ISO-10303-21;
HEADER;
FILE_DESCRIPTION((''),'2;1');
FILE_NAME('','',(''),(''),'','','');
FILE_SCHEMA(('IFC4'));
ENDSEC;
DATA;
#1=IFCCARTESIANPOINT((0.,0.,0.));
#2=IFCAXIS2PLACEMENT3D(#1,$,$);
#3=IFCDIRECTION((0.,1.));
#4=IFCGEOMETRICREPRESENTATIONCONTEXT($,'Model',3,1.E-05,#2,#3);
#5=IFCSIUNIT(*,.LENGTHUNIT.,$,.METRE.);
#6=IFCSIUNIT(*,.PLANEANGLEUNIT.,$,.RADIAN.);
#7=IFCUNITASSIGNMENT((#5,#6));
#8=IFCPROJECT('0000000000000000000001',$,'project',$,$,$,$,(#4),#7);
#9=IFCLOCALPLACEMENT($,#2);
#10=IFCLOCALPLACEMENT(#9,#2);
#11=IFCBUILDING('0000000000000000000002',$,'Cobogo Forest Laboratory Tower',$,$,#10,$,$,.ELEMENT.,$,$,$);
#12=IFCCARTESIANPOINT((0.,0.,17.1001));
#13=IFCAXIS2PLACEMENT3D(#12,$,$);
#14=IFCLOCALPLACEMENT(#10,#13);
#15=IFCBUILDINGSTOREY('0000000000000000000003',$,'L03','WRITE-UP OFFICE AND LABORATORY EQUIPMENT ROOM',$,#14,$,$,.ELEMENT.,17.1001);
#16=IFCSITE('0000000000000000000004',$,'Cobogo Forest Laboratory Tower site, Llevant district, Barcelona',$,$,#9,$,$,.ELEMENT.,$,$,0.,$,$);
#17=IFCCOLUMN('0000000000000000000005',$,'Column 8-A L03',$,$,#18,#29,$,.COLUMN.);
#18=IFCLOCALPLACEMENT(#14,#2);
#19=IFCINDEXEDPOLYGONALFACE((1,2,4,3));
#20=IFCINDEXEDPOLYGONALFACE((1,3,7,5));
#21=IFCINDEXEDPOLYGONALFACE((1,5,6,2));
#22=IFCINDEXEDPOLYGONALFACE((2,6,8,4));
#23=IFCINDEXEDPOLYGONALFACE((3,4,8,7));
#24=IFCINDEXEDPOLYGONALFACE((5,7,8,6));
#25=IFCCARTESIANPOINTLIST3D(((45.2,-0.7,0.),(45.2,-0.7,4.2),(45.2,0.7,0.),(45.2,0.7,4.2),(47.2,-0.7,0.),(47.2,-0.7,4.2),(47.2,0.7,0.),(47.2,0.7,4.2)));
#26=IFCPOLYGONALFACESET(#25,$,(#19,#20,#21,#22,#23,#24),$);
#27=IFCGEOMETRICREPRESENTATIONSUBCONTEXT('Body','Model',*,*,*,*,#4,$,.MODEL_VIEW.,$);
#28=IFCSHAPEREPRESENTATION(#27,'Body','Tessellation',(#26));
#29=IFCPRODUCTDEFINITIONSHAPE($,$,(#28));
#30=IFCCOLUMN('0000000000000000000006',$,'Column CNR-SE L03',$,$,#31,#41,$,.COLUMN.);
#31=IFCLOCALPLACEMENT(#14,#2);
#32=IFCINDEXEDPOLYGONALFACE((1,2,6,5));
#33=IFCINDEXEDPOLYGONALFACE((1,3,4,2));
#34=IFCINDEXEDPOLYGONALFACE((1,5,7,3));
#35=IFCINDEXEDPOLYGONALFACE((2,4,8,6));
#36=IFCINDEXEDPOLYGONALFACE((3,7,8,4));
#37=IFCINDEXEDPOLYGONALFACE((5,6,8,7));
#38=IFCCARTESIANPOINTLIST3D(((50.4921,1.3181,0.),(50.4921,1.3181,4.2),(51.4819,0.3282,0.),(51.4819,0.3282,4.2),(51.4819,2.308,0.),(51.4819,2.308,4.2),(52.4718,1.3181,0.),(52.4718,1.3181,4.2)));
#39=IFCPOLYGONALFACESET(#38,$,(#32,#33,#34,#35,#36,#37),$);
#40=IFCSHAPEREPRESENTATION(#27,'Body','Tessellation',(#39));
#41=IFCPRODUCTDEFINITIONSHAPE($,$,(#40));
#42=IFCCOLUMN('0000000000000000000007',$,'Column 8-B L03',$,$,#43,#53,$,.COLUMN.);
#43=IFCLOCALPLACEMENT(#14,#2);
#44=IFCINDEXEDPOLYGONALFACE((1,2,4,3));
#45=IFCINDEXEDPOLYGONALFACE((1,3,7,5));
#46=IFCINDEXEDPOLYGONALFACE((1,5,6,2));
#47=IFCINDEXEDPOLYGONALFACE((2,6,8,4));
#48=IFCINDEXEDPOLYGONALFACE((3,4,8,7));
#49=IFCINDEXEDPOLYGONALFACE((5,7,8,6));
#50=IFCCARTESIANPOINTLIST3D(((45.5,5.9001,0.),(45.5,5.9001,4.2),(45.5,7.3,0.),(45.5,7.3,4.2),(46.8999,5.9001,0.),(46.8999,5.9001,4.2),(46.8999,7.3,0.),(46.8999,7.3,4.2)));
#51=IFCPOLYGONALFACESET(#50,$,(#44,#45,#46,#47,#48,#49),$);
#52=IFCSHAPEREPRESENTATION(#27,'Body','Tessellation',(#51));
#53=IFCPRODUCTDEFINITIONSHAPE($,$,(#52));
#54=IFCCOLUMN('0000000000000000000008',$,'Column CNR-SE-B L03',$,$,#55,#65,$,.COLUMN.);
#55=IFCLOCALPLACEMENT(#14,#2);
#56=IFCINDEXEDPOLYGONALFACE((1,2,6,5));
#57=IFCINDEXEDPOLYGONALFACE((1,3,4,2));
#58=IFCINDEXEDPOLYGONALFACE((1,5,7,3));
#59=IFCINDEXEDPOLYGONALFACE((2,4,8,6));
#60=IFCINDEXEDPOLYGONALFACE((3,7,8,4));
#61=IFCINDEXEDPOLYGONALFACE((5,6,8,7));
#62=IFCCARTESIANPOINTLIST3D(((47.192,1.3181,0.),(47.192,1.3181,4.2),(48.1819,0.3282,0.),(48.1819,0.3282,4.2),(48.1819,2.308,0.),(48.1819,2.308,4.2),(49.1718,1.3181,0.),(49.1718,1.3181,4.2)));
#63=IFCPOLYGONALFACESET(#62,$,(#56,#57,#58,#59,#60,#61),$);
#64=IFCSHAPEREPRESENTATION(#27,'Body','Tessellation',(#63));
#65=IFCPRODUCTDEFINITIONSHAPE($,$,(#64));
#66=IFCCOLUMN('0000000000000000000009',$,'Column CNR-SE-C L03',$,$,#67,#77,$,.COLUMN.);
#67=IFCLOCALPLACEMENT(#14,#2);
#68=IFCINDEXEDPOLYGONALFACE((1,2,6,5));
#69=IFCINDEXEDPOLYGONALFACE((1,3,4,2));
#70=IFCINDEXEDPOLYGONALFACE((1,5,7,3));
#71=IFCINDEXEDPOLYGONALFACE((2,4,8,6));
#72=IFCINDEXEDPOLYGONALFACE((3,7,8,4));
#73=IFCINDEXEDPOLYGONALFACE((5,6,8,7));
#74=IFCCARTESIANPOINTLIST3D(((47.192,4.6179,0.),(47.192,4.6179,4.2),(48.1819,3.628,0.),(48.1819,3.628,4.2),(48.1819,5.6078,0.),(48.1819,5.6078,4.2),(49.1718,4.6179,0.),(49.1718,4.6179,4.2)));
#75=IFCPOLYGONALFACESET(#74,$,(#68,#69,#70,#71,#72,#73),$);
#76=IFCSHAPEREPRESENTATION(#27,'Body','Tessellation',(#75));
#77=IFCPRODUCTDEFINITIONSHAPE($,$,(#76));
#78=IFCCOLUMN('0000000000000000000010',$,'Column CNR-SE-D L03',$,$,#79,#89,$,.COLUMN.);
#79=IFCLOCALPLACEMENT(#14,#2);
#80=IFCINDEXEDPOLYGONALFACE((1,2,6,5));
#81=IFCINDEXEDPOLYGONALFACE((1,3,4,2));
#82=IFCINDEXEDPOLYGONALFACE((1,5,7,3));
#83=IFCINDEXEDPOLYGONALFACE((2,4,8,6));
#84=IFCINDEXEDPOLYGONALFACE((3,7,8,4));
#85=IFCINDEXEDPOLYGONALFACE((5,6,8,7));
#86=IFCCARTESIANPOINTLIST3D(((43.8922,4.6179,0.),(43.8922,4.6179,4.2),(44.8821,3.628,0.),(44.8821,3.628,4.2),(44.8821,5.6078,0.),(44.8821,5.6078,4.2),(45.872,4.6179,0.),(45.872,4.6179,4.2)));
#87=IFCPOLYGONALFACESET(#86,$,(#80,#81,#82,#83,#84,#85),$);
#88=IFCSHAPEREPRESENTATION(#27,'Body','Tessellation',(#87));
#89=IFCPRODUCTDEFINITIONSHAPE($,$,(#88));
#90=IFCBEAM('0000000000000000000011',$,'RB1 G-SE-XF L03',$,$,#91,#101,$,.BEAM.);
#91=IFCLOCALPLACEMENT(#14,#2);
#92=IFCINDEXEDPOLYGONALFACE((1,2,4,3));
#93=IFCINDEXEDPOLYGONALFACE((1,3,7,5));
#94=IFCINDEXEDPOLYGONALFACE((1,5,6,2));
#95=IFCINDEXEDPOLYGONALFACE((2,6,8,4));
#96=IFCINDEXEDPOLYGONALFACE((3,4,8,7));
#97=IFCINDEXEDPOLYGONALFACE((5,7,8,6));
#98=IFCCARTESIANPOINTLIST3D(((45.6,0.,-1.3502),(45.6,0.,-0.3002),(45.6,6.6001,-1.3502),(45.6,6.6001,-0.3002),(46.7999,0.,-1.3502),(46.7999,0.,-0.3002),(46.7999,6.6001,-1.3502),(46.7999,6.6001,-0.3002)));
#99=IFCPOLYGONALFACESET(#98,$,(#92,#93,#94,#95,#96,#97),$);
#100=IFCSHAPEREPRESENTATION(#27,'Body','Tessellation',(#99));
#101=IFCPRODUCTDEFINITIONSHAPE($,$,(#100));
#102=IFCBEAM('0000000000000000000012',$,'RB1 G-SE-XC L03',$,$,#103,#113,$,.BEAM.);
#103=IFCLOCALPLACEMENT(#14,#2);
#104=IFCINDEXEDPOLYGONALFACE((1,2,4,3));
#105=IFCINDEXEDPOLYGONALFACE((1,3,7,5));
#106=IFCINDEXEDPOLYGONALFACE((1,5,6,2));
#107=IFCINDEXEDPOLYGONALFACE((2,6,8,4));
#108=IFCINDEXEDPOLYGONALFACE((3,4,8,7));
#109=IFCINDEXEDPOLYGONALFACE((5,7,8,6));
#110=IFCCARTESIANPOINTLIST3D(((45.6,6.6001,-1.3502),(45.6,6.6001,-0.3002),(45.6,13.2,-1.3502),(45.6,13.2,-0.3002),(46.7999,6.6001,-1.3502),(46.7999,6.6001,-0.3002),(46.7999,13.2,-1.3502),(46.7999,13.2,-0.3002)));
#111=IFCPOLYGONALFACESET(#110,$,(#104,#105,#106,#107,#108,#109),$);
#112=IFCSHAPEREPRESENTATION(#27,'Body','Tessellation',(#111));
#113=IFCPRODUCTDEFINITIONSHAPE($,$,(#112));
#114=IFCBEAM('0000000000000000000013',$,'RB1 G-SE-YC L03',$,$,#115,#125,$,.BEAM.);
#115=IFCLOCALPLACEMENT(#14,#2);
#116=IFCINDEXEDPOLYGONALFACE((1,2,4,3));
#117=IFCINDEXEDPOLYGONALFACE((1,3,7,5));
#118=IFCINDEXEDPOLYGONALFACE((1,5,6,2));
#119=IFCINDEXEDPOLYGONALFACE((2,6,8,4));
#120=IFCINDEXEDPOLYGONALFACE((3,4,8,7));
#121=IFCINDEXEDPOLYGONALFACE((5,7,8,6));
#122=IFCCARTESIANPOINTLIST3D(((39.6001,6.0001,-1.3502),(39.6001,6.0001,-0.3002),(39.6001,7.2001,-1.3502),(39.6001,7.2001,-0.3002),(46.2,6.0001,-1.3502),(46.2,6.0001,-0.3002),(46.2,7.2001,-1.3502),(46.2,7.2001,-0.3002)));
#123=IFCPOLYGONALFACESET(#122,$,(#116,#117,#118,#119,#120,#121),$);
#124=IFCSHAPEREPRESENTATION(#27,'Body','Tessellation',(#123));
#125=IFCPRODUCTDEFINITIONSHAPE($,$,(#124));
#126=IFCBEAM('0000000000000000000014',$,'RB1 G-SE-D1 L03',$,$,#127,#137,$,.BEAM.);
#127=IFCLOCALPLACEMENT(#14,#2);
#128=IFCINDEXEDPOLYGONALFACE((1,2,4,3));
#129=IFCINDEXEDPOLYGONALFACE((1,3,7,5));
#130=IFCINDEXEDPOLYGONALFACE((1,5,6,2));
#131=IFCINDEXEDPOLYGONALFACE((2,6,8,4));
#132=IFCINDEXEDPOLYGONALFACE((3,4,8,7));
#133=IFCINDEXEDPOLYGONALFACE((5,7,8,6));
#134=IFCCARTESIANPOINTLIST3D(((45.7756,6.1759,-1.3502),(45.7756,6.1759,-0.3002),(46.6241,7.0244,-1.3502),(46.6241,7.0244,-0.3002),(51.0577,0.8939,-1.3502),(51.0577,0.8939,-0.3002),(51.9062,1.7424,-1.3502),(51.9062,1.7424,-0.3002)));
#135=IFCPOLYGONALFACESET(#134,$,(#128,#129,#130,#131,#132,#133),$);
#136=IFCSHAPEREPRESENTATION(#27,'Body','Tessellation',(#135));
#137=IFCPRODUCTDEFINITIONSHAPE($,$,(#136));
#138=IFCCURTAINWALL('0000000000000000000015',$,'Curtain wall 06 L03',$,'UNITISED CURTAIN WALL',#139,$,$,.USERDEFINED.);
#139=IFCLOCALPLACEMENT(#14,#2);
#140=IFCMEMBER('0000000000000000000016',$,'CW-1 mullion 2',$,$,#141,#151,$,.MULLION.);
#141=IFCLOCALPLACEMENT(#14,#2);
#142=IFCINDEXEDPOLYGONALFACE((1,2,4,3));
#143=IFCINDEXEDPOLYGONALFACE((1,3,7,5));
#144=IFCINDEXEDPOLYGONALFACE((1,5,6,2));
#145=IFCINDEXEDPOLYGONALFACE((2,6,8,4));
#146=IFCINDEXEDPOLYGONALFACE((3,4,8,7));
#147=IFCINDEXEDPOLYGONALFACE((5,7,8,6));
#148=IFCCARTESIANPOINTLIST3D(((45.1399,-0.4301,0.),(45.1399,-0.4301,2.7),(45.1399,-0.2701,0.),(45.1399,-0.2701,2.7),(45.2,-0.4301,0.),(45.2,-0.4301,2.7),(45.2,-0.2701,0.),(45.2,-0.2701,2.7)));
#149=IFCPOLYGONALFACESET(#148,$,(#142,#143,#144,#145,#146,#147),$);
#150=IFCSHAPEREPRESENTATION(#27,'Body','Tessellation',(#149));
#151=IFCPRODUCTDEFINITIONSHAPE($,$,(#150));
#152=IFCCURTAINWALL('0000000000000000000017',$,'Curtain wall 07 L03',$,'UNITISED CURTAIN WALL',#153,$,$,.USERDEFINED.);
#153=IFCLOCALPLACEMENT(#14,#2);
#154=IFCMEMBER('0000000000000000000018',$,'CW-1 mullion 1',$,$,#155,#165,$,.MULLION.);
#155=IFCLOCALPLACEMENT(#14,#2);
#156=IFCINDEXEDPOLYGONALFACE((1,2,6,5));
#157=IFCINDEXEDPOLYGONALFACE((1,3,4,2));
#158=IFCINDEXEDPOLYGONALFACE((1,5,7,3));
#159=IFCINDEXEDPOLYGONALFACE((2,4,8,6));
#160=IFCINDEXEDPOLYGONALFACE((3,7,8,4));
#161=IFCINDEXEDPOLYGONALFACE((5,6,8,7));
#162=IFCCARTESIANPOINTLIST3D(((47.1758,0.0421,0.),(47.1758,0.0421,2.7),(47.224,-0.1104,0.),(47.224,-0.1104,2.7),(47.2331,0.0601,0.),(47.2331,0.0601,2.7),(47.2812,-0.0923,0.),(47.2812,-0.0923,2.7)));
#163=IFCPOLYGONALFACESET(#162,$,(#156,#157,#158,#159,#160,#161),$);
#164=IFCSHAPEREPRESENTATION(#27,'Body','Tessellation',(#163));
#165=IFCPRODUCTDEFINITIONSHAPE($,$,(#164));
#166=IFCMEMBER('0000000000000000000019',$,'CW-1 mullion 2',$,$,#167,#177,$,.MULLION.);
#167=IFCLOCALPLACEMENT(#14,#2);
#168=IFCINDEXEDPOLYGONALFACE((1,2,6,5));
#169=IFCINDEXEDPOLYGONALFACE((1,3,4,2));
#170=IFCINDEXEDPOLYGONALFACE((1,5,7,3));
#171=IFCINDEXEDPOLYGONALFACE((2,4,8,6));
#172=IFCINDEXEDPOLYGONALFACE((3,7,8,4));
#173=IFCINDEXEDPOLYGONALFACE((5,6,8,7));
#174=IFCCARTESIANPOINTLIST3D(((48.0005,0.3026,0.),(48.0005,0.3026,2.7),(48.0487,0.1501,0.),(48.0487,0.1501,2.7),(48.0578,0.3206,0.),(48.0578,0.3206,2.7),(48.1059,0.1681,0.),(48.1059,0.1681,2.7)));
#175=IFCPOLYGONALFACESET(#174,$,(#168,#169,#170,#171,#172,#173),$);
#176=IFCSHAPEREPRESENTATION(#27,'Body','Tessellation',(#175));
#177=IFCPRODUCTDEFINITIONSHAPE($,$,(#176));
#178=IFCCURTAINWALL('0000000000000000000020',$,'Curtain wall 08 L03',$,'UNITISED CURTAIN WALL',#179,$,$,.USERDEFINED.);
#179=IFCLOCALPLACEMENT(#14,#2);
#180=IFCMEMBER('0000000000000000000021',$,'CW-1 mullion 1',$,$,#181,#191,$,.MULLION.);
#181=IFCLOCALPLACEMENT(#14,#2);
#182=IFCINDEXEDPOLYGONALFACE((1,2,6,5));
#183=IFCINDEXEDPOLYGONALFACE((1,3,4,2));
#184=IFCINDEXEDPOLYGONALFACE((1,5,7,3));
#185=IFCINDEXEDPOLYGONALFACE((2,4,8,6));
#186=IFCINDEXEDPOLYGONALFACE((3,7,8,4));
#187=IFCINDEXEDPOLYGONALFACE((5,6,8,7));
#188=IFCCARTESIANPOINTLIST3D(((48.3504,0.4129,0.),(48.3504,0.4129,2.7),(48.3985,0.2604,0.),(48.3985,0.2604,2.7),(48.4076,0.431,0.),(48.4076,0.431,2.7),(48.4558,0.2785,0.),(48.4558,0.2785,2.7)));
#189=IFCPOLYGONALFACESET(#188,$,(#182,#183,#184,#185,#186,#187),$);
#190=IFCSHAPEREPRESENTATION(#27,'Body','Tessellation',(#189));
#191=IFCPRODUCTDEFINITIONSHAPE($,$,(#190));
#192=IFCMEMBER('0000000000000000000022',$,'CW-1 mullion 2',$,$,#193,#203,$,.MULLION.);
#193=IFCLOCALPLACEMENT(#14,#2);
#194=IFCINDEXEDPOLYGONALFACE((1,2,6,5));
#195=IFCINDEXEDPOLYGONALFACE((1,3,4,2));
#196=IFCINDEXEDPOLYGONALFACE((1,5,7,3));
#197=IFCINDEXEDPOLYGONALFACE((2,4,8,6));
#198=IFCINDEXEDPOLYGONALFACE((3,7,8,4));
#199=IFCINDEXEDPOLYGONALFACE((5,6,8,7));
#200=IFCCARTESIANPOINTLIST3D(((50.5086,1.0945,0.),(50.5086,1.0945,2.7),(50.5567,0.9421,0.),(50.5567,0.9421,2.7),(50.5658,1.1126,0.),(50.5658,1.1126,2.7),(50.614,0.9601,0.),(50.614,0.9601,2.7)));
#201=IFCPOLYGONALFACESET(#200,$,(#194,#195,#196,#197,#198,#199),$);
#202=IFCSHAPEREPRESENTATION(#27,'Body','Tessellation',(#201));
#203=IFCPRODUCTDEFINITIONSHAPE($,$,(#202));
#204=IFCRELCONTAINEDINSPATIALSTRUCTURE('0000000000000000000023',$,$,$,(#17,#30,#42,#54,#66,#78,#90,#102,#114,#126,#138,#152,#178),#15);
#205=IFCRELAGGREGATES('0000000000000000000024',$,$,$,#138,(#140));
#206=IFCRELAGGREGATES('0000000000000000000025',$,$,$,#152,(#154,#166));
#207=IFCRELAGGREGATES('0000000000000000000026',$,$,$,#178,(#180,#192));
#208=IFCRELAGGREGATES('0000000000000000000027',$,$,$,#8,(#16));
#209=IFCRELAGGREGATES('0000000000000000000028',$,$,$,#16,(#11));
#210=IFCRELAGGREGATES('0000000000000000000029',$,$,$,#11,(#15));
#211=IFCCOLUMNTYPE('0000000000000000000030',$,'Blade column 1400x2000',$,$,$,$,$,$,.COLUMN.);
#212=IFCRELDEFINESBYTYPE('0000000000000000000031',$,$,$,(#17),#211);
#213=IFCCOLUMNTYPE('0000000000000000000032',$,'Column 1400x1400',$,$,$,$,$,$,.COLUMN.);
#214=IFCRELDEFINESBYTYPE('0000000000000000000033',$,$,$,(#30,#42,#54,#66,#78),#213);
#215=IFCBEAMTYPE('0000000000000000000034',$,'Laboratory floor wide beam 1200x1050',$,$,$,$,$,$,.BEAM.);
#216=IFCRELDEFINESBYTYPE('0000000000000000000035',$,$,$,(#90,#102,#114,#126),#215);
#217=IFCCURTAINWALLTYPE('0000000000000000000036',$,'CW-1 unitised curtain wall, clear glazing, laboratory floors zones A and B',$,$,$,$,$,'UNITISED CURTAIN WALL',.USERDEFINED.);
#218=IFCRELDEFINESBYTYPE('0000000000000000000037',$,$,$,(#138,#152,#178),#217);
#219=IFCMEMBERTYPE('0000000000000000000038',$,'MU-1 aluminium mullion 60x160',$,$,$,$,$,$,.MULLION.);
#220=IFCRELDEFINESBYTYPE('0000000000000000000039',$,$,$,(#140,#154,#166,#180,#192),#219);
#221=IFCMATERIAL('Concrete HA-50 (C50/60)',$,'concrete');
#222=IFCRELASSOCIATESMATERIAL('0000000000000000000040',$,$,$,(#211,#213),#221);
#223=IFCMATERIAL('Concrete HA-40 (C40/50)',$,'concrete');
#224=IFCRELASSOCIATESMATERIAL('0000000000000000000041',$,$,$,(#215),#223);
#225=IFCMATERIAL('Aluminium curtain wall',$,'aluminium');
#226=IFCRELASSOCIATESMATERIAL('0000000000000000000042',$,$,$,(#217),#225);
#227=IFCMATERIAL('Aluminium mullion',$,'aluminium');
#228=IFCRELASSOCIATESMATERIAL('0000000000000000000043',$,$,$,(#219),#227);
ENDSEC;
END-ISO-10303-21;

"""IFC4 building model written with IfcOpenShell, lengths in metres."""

from ifc_helpers import new_model, si_unit, direction, frame, origin, origin_2d, place, context, subcontext, project, spatial, rectangle, extrude, material, material_profile, profile_set, type_object, element, aggregate, save


model = new_model("IFC4")

# Units and contexts
model_context = context("Model", 3, precision=1e-05, world=origin(), true_north=direction((0.0, 1.0)))
body_context = subcontext(model_context, "Body", "Model", "MODEL_VIEW")
ifc_project = project(units=[si_unit("LENGTHUNIT", "METRE"), si_unit("PLANEANGLEUNIT", "RADIAN")], contexts=[model_context])

# Site, building, storey
site_placement = place(None, origin())
site = spatial("IfcSite", under=ifc_project, at=site_placement, Name="Cobogo Forest Laboratory Tower site, Llevant district, Barcelona", CompositionType="ELEMENT", RefElevation=0.0)
building_placement = place(site_placement, origin())
building = spatial("IfcBuilding", under=site, at=building_placement, Name="Cobogo Forest Laboratory Tower", CompositionType="ELEMENT")
storey_placement = place(building_placement, frame((0.0, 0.0, 17.1001)))
storey = spatial("IfcBuildingStorey", under=building, at=storey_placement, Name="L03", Description="WRITE-UP OFFICE AND LABORATORY EQUIPMENT ROOM", CompositionType="ELEMENT", Elevation=17.1001)

# Columns
ifc_material_1 = material(Name="Concrete HA-50 (C50/60)", Category="concrete")
ifc_material_profile_1 = material_profile(ifc_material_1, rectangle(XDim=2.0, YDim=1.3999, at=origin_2d()), Name="RC 1400x2000")
ifc_profile_set_1 = profile_set([ifc_material_profile_1], Name="Concrete HA-50 (C50/60)")
column_type_1 = type_object("IfcColumnType", Name="Blade column 1400x2000", PredefinedType="COLUMN", material=ifc_profile_set_1)
column_placement = place(storey_placement, frame((46.2, 0.0, 0.0), z_axis=(0.0, 0.0, 1.0), x_axis=(1.0, 0.0, 0.0)))
element("IfcColumn", 1, at=column_placement, inside=storey, type_object=column_type_1, Name="Column 8-A L03", PredefinedType="COLUMN", context=body_context, shape_type="SweptSolid", body=[
    extrude(rectangle(XDim=2.0, YDim=1.3999, at=origin_2d()), origin(), (0.0, 0.0, 1.0), 4.2),
])
ifc_material_profile_2 = material_profile(ifc_material_1, rectangle(XDim=1.3999, YDim=1.3999, at=origin_2d()), Name="RC 1400x1400")
ifc_profile_set_2 = profile_set([ifc_material_profile_2], Name="Concrete HA-50 (C50/60)")
column_type_2 = type_object("IfcColumnType", Name="Column 1400x1400", PredefinedType="COLUMN", material=ifc_profile_set_2)
for number, where, z_axis, x_axis, name in (
    (2, (51.4819, 1.3181, 0.0), (0.0, 0.0, 1.0), (0.707107, 0.707107, 0.0), "Column CNR-SE L03"),
    (3, (46.2, 6.6001, 0.0), (0.0, 0.0, 1.0), (1.0, 0.0, 0.0), "Column 8-B L03"),
    (4, (48.1819, 1.3181, 0.0), (0.0, 0.0, 1.0), (0.707107, 0.707107, 0.0), "Column CNR-SE-B L03"),
    (5, (48.1819, 4.6179, 0.0), (0.0, 0.0, 1.0), (0.707107, 0.707107, 0.0), "Column CNR-SE-C L03"),
    (6, (44.8821, 4.6179, 0.0), (0.0, 0.0, 1.0), (0.707107, 0.707107, 0.0), "Column CNR-SE-D L03"),
):
    element("IfcColumn", number, at=place(storey_placement, frame(where, z_axis=z_axis, x_axis=x_axis)), inside=storey, type_object=column_type_2, Name=name, PredefinedType="COLUMN", context=body_context, shape_type="SweptSolid", body=[
        extrude(rectangle(XDim=1.3999, YDim=1.3999, at=origin_2d()), origin(), (0.0, 0.0, 1.0), 4.2),
    ])

# Beams
ifc_material_2 = material(Name="Concrete HA-40 (C40/50)", Category="concrete")
ifc_material_profile_3 = material_profile(ifc_material_2, rectangle(XDim=1.2, YDim=1.05, at=origin_2d()), Name="RC 1200x1050")
ifc_profile_set_3 = profile_set([ifc_material_profile_3], Name="Concrete HA-40 (C40/50)")
beam_type_1 = type_object("IfcBeamType", Name="Laboratory floor wide beam 1200x1050", PredefinedType="BEAM", material=ifc_profile_set_3)
beam_1_placement = place(storey_placement, frame((46.2, 0.0, -0.8252), z_axis=(0.0, 1.0, 0.0), x_axis=(-1.0, 0.0, 0.0)))
element("IfcBeam", 7, at=beam_1_placement, inside=storey, type_object=beam_type_1, Name="RB1 G-SE-XF L03", PredefinedType="BEAM", context=body_context, shape_type="SweptSolid", body=[
    extrude(rectangle(XDim=1.2, YDim=1.05, at=origin_2d()), origin(), (0.0, 0.0, 1.0), 6.6001),
])
for number, where, z_axis, x_axis, name in (
    (8, (46.2, 6.6001, -0.8252), (0.0, 1.0, 0.0), (-1.0, 0.0, 0.0), "RB1 G-SE-XC L03"),
    (9, (46.2, 6.6001, -0.8252), (-1.0, 0.0, 0.0), (0.0, -1.0, 0.0), "RB1 G-SE-YC L03"),
):
    element("IfcBeam", number, at=place(storey_placement, frame(where, z_axis=z_axis, x_axis=x_axis)), inside=storey, type_object=beam_type_1, Name=name, PredefinedType="BEAM", context=body_context, shape_type="SweptSolid", body=[
        extrude(rectangle(XDim=1.2, YDim=1.05, at=origin_2d()), origin(), (0.0, 0.0, 1.0), 6.5999),
    ])
beam_2_placement = place(storey_placement, frame((51.4819, 1.3181, -0.8252), z_axis=(-0.707107, 0.707107, 0.0), x_axis=(-0.707107, -0.707107, 0.0)))
element("IfcBeam", 10, at=beam_2_placement, inside=storey, type_object=beam_type_1, Name="RB1 G-SE-D1 L03", PredefinedType="BEAM", context=body_context, shape_type="SweptSolid", body=[
    extrude(rectangle(XDim=1.2, YDim=1.05, at=origin_2d()), origin(), (0.0, 0.0, 1.0), 7.47),
])

# Curtain wall, member
ifc_material_3 = material(Name="Aluminium curtain wall", Category="aluminium")
curtain_wall_type = type_object("IfcCurtainWallType", Name="CW-1 unitised curtain wall, clear glazing, laboratory floors zones A and B", ElementType="UNITISED CURTAIN WALL", PredefinedType="USERDEFINED", material=ifc_material_3)
curtain_wall_1_placement = place(storey_placement, origin())
curtain_wall_1 = element("IfcCurtainWall", 11, at=curtain_wall_1_placement, inside=storey, type_object=curtain_wall_type, Name="Curtain wall 06 L03", ObjectType="UNITISED CURTAIN WALL", PredefinedType="USERDEFINED")
ifc_material_4 = material(Name="Aluminium mullion", Category="aluminium")
ifc_material_profile_4 = material_profile(ifc_material_4, rectangle(XDim=0.0601, YDim=0.1599, at=origin_2d()), Name="AL 60x160")
ifc_profile_set_4 = profile_set([ifc_material_profile_4], Name="Aluminium mullion")
member_type_1 = type_object("IfcMemberType", Name="MU-1 aluminium mullion 60x160", PredefinedType="MULLION", material=ifc_profile_set_4)
member_1_placement = place(storey_placement, frame((45.1699, -0.3501, 0.0), z_axis=(0.0, 0.0, 1.0), x_axis=(1.0, 0.0, 0.0)))
member_1 = element("IfcMember", 12, at=member_1_placement, type_object=member_type_1, Name="CW-1 mullion 2", PredefinedType="MULLION", context=body_context, shape_type="SweptSolid", body=[
    extrude(rectangle(XDim=0.0601, YDim=0.1599, at=origin_2d()), origin(), (0.0, 0.0, 1.0), 2.7),
])

# Curtain walls, members
curtain_wall_2_placement = place(storey_placement, origin())
curtain_wall_2 = element("IfcCurtainWall", 13, at=curtain_wall_2_placement, inside=storey, type_object=curtain_wall_type, Name="Curtain wall 07 L03", ObjectType="UNITISED CURTAIN WALL", PredefinedType="USERDEFINED")
member_2_placement = place(storey_placement, frame((47.2285, -0.0251, 0.0), z_axis=(0.0, 0.0, 1.0), x_axis=(0.953581, 0.301135, 0.0)))
member_2 = element("IfcMember", 14, at=member_2_placement, type_object=member_type_1, Name="CW-1 mullion 1", PredefinedType="MULLION", context=body_context, shape_type="SweptSolid", body=[
    extrude(rectangle(XDim=0.0601, YDim=0.1599, at=origin_2d()), origin(), (0.0, 0.0, 1.0), 2.7),
])
member_3_placement = place(storey_placement, frame((48.0532, 0.2354, 0.0), z_axis=(0.0, 0.0, 1.0), x_axis=(0.953581, 0.301135, 0.0)))
member_3 = element("IfcMember", 15, at=member_3_placement, type_object=member_type_1, Name="CW-1 mullion 2", PredefinedType="MULLION", context=body_context, shape_type="SweptSolid", body=[
    extrude(rectangle(XDim=0.0601, YDim=0.1599, at=origin_2d()), origin(), (0.0, 0.0, 1.0), 2.7),
])
curtain_wall_3_placement = place(storey_placement, origin())
curtain_wall_3 = element("IfcCurtainWall", 16, at=curtain_wall_3_placement, inside=storey, type_object=curtain_wall_type, Name="Curtain wall 08 L03", ObjectType="UNITISED CURTAIN WALL", PredefinedType="USERDEFINED")
member_4_placement = place(storey_placement, frame((48.4031, 0.3457, 0.0), z_axis=(0.0, 0.0, 1.0), x_axis=(0.953581, 0.301135, 0.0)))
member_4 = element("IfcMember", 17, at=member_4_placement, type_object=member_type_1, Name="CW-1 mullion 1", PredefinedType="MULLION", context=body_context, shape_type="SweptSolid", body=[
    extrude(rectangle(XDim=0.0601, YDim=0.1599, at=origin_2d()), origin(), (0.0, 0.0, 1.0), 2.7),
])
member_5_placement = place(storey_placement, frame((50.5613, 1.0273, 0.0), z_axis=(0.0, 0.0, 1.0), x_axis=(0.953581, 0.301135, 0.0)))
member_5 = element("IfcMember", 18, at=member_5_placement, type_object=member_type_1, Name="CW-1 mullion 2", PredefinedType="MULLION", context=body_context, shape_type="SweptSolid", body=[
    extrude(rectangle(XDim=0.0601, YDim=0.1599, at=origin_2d()), origin(), (0.0, 0.0, 1.0), 2.7),
])

aggregate(curtain_wall_1, [member_1])
aggregate(curtain_wall_2, [member_2, member_3])
aggregate(curtain_wall_3, [member_4, member_5])

save(model, "model.ifc")
